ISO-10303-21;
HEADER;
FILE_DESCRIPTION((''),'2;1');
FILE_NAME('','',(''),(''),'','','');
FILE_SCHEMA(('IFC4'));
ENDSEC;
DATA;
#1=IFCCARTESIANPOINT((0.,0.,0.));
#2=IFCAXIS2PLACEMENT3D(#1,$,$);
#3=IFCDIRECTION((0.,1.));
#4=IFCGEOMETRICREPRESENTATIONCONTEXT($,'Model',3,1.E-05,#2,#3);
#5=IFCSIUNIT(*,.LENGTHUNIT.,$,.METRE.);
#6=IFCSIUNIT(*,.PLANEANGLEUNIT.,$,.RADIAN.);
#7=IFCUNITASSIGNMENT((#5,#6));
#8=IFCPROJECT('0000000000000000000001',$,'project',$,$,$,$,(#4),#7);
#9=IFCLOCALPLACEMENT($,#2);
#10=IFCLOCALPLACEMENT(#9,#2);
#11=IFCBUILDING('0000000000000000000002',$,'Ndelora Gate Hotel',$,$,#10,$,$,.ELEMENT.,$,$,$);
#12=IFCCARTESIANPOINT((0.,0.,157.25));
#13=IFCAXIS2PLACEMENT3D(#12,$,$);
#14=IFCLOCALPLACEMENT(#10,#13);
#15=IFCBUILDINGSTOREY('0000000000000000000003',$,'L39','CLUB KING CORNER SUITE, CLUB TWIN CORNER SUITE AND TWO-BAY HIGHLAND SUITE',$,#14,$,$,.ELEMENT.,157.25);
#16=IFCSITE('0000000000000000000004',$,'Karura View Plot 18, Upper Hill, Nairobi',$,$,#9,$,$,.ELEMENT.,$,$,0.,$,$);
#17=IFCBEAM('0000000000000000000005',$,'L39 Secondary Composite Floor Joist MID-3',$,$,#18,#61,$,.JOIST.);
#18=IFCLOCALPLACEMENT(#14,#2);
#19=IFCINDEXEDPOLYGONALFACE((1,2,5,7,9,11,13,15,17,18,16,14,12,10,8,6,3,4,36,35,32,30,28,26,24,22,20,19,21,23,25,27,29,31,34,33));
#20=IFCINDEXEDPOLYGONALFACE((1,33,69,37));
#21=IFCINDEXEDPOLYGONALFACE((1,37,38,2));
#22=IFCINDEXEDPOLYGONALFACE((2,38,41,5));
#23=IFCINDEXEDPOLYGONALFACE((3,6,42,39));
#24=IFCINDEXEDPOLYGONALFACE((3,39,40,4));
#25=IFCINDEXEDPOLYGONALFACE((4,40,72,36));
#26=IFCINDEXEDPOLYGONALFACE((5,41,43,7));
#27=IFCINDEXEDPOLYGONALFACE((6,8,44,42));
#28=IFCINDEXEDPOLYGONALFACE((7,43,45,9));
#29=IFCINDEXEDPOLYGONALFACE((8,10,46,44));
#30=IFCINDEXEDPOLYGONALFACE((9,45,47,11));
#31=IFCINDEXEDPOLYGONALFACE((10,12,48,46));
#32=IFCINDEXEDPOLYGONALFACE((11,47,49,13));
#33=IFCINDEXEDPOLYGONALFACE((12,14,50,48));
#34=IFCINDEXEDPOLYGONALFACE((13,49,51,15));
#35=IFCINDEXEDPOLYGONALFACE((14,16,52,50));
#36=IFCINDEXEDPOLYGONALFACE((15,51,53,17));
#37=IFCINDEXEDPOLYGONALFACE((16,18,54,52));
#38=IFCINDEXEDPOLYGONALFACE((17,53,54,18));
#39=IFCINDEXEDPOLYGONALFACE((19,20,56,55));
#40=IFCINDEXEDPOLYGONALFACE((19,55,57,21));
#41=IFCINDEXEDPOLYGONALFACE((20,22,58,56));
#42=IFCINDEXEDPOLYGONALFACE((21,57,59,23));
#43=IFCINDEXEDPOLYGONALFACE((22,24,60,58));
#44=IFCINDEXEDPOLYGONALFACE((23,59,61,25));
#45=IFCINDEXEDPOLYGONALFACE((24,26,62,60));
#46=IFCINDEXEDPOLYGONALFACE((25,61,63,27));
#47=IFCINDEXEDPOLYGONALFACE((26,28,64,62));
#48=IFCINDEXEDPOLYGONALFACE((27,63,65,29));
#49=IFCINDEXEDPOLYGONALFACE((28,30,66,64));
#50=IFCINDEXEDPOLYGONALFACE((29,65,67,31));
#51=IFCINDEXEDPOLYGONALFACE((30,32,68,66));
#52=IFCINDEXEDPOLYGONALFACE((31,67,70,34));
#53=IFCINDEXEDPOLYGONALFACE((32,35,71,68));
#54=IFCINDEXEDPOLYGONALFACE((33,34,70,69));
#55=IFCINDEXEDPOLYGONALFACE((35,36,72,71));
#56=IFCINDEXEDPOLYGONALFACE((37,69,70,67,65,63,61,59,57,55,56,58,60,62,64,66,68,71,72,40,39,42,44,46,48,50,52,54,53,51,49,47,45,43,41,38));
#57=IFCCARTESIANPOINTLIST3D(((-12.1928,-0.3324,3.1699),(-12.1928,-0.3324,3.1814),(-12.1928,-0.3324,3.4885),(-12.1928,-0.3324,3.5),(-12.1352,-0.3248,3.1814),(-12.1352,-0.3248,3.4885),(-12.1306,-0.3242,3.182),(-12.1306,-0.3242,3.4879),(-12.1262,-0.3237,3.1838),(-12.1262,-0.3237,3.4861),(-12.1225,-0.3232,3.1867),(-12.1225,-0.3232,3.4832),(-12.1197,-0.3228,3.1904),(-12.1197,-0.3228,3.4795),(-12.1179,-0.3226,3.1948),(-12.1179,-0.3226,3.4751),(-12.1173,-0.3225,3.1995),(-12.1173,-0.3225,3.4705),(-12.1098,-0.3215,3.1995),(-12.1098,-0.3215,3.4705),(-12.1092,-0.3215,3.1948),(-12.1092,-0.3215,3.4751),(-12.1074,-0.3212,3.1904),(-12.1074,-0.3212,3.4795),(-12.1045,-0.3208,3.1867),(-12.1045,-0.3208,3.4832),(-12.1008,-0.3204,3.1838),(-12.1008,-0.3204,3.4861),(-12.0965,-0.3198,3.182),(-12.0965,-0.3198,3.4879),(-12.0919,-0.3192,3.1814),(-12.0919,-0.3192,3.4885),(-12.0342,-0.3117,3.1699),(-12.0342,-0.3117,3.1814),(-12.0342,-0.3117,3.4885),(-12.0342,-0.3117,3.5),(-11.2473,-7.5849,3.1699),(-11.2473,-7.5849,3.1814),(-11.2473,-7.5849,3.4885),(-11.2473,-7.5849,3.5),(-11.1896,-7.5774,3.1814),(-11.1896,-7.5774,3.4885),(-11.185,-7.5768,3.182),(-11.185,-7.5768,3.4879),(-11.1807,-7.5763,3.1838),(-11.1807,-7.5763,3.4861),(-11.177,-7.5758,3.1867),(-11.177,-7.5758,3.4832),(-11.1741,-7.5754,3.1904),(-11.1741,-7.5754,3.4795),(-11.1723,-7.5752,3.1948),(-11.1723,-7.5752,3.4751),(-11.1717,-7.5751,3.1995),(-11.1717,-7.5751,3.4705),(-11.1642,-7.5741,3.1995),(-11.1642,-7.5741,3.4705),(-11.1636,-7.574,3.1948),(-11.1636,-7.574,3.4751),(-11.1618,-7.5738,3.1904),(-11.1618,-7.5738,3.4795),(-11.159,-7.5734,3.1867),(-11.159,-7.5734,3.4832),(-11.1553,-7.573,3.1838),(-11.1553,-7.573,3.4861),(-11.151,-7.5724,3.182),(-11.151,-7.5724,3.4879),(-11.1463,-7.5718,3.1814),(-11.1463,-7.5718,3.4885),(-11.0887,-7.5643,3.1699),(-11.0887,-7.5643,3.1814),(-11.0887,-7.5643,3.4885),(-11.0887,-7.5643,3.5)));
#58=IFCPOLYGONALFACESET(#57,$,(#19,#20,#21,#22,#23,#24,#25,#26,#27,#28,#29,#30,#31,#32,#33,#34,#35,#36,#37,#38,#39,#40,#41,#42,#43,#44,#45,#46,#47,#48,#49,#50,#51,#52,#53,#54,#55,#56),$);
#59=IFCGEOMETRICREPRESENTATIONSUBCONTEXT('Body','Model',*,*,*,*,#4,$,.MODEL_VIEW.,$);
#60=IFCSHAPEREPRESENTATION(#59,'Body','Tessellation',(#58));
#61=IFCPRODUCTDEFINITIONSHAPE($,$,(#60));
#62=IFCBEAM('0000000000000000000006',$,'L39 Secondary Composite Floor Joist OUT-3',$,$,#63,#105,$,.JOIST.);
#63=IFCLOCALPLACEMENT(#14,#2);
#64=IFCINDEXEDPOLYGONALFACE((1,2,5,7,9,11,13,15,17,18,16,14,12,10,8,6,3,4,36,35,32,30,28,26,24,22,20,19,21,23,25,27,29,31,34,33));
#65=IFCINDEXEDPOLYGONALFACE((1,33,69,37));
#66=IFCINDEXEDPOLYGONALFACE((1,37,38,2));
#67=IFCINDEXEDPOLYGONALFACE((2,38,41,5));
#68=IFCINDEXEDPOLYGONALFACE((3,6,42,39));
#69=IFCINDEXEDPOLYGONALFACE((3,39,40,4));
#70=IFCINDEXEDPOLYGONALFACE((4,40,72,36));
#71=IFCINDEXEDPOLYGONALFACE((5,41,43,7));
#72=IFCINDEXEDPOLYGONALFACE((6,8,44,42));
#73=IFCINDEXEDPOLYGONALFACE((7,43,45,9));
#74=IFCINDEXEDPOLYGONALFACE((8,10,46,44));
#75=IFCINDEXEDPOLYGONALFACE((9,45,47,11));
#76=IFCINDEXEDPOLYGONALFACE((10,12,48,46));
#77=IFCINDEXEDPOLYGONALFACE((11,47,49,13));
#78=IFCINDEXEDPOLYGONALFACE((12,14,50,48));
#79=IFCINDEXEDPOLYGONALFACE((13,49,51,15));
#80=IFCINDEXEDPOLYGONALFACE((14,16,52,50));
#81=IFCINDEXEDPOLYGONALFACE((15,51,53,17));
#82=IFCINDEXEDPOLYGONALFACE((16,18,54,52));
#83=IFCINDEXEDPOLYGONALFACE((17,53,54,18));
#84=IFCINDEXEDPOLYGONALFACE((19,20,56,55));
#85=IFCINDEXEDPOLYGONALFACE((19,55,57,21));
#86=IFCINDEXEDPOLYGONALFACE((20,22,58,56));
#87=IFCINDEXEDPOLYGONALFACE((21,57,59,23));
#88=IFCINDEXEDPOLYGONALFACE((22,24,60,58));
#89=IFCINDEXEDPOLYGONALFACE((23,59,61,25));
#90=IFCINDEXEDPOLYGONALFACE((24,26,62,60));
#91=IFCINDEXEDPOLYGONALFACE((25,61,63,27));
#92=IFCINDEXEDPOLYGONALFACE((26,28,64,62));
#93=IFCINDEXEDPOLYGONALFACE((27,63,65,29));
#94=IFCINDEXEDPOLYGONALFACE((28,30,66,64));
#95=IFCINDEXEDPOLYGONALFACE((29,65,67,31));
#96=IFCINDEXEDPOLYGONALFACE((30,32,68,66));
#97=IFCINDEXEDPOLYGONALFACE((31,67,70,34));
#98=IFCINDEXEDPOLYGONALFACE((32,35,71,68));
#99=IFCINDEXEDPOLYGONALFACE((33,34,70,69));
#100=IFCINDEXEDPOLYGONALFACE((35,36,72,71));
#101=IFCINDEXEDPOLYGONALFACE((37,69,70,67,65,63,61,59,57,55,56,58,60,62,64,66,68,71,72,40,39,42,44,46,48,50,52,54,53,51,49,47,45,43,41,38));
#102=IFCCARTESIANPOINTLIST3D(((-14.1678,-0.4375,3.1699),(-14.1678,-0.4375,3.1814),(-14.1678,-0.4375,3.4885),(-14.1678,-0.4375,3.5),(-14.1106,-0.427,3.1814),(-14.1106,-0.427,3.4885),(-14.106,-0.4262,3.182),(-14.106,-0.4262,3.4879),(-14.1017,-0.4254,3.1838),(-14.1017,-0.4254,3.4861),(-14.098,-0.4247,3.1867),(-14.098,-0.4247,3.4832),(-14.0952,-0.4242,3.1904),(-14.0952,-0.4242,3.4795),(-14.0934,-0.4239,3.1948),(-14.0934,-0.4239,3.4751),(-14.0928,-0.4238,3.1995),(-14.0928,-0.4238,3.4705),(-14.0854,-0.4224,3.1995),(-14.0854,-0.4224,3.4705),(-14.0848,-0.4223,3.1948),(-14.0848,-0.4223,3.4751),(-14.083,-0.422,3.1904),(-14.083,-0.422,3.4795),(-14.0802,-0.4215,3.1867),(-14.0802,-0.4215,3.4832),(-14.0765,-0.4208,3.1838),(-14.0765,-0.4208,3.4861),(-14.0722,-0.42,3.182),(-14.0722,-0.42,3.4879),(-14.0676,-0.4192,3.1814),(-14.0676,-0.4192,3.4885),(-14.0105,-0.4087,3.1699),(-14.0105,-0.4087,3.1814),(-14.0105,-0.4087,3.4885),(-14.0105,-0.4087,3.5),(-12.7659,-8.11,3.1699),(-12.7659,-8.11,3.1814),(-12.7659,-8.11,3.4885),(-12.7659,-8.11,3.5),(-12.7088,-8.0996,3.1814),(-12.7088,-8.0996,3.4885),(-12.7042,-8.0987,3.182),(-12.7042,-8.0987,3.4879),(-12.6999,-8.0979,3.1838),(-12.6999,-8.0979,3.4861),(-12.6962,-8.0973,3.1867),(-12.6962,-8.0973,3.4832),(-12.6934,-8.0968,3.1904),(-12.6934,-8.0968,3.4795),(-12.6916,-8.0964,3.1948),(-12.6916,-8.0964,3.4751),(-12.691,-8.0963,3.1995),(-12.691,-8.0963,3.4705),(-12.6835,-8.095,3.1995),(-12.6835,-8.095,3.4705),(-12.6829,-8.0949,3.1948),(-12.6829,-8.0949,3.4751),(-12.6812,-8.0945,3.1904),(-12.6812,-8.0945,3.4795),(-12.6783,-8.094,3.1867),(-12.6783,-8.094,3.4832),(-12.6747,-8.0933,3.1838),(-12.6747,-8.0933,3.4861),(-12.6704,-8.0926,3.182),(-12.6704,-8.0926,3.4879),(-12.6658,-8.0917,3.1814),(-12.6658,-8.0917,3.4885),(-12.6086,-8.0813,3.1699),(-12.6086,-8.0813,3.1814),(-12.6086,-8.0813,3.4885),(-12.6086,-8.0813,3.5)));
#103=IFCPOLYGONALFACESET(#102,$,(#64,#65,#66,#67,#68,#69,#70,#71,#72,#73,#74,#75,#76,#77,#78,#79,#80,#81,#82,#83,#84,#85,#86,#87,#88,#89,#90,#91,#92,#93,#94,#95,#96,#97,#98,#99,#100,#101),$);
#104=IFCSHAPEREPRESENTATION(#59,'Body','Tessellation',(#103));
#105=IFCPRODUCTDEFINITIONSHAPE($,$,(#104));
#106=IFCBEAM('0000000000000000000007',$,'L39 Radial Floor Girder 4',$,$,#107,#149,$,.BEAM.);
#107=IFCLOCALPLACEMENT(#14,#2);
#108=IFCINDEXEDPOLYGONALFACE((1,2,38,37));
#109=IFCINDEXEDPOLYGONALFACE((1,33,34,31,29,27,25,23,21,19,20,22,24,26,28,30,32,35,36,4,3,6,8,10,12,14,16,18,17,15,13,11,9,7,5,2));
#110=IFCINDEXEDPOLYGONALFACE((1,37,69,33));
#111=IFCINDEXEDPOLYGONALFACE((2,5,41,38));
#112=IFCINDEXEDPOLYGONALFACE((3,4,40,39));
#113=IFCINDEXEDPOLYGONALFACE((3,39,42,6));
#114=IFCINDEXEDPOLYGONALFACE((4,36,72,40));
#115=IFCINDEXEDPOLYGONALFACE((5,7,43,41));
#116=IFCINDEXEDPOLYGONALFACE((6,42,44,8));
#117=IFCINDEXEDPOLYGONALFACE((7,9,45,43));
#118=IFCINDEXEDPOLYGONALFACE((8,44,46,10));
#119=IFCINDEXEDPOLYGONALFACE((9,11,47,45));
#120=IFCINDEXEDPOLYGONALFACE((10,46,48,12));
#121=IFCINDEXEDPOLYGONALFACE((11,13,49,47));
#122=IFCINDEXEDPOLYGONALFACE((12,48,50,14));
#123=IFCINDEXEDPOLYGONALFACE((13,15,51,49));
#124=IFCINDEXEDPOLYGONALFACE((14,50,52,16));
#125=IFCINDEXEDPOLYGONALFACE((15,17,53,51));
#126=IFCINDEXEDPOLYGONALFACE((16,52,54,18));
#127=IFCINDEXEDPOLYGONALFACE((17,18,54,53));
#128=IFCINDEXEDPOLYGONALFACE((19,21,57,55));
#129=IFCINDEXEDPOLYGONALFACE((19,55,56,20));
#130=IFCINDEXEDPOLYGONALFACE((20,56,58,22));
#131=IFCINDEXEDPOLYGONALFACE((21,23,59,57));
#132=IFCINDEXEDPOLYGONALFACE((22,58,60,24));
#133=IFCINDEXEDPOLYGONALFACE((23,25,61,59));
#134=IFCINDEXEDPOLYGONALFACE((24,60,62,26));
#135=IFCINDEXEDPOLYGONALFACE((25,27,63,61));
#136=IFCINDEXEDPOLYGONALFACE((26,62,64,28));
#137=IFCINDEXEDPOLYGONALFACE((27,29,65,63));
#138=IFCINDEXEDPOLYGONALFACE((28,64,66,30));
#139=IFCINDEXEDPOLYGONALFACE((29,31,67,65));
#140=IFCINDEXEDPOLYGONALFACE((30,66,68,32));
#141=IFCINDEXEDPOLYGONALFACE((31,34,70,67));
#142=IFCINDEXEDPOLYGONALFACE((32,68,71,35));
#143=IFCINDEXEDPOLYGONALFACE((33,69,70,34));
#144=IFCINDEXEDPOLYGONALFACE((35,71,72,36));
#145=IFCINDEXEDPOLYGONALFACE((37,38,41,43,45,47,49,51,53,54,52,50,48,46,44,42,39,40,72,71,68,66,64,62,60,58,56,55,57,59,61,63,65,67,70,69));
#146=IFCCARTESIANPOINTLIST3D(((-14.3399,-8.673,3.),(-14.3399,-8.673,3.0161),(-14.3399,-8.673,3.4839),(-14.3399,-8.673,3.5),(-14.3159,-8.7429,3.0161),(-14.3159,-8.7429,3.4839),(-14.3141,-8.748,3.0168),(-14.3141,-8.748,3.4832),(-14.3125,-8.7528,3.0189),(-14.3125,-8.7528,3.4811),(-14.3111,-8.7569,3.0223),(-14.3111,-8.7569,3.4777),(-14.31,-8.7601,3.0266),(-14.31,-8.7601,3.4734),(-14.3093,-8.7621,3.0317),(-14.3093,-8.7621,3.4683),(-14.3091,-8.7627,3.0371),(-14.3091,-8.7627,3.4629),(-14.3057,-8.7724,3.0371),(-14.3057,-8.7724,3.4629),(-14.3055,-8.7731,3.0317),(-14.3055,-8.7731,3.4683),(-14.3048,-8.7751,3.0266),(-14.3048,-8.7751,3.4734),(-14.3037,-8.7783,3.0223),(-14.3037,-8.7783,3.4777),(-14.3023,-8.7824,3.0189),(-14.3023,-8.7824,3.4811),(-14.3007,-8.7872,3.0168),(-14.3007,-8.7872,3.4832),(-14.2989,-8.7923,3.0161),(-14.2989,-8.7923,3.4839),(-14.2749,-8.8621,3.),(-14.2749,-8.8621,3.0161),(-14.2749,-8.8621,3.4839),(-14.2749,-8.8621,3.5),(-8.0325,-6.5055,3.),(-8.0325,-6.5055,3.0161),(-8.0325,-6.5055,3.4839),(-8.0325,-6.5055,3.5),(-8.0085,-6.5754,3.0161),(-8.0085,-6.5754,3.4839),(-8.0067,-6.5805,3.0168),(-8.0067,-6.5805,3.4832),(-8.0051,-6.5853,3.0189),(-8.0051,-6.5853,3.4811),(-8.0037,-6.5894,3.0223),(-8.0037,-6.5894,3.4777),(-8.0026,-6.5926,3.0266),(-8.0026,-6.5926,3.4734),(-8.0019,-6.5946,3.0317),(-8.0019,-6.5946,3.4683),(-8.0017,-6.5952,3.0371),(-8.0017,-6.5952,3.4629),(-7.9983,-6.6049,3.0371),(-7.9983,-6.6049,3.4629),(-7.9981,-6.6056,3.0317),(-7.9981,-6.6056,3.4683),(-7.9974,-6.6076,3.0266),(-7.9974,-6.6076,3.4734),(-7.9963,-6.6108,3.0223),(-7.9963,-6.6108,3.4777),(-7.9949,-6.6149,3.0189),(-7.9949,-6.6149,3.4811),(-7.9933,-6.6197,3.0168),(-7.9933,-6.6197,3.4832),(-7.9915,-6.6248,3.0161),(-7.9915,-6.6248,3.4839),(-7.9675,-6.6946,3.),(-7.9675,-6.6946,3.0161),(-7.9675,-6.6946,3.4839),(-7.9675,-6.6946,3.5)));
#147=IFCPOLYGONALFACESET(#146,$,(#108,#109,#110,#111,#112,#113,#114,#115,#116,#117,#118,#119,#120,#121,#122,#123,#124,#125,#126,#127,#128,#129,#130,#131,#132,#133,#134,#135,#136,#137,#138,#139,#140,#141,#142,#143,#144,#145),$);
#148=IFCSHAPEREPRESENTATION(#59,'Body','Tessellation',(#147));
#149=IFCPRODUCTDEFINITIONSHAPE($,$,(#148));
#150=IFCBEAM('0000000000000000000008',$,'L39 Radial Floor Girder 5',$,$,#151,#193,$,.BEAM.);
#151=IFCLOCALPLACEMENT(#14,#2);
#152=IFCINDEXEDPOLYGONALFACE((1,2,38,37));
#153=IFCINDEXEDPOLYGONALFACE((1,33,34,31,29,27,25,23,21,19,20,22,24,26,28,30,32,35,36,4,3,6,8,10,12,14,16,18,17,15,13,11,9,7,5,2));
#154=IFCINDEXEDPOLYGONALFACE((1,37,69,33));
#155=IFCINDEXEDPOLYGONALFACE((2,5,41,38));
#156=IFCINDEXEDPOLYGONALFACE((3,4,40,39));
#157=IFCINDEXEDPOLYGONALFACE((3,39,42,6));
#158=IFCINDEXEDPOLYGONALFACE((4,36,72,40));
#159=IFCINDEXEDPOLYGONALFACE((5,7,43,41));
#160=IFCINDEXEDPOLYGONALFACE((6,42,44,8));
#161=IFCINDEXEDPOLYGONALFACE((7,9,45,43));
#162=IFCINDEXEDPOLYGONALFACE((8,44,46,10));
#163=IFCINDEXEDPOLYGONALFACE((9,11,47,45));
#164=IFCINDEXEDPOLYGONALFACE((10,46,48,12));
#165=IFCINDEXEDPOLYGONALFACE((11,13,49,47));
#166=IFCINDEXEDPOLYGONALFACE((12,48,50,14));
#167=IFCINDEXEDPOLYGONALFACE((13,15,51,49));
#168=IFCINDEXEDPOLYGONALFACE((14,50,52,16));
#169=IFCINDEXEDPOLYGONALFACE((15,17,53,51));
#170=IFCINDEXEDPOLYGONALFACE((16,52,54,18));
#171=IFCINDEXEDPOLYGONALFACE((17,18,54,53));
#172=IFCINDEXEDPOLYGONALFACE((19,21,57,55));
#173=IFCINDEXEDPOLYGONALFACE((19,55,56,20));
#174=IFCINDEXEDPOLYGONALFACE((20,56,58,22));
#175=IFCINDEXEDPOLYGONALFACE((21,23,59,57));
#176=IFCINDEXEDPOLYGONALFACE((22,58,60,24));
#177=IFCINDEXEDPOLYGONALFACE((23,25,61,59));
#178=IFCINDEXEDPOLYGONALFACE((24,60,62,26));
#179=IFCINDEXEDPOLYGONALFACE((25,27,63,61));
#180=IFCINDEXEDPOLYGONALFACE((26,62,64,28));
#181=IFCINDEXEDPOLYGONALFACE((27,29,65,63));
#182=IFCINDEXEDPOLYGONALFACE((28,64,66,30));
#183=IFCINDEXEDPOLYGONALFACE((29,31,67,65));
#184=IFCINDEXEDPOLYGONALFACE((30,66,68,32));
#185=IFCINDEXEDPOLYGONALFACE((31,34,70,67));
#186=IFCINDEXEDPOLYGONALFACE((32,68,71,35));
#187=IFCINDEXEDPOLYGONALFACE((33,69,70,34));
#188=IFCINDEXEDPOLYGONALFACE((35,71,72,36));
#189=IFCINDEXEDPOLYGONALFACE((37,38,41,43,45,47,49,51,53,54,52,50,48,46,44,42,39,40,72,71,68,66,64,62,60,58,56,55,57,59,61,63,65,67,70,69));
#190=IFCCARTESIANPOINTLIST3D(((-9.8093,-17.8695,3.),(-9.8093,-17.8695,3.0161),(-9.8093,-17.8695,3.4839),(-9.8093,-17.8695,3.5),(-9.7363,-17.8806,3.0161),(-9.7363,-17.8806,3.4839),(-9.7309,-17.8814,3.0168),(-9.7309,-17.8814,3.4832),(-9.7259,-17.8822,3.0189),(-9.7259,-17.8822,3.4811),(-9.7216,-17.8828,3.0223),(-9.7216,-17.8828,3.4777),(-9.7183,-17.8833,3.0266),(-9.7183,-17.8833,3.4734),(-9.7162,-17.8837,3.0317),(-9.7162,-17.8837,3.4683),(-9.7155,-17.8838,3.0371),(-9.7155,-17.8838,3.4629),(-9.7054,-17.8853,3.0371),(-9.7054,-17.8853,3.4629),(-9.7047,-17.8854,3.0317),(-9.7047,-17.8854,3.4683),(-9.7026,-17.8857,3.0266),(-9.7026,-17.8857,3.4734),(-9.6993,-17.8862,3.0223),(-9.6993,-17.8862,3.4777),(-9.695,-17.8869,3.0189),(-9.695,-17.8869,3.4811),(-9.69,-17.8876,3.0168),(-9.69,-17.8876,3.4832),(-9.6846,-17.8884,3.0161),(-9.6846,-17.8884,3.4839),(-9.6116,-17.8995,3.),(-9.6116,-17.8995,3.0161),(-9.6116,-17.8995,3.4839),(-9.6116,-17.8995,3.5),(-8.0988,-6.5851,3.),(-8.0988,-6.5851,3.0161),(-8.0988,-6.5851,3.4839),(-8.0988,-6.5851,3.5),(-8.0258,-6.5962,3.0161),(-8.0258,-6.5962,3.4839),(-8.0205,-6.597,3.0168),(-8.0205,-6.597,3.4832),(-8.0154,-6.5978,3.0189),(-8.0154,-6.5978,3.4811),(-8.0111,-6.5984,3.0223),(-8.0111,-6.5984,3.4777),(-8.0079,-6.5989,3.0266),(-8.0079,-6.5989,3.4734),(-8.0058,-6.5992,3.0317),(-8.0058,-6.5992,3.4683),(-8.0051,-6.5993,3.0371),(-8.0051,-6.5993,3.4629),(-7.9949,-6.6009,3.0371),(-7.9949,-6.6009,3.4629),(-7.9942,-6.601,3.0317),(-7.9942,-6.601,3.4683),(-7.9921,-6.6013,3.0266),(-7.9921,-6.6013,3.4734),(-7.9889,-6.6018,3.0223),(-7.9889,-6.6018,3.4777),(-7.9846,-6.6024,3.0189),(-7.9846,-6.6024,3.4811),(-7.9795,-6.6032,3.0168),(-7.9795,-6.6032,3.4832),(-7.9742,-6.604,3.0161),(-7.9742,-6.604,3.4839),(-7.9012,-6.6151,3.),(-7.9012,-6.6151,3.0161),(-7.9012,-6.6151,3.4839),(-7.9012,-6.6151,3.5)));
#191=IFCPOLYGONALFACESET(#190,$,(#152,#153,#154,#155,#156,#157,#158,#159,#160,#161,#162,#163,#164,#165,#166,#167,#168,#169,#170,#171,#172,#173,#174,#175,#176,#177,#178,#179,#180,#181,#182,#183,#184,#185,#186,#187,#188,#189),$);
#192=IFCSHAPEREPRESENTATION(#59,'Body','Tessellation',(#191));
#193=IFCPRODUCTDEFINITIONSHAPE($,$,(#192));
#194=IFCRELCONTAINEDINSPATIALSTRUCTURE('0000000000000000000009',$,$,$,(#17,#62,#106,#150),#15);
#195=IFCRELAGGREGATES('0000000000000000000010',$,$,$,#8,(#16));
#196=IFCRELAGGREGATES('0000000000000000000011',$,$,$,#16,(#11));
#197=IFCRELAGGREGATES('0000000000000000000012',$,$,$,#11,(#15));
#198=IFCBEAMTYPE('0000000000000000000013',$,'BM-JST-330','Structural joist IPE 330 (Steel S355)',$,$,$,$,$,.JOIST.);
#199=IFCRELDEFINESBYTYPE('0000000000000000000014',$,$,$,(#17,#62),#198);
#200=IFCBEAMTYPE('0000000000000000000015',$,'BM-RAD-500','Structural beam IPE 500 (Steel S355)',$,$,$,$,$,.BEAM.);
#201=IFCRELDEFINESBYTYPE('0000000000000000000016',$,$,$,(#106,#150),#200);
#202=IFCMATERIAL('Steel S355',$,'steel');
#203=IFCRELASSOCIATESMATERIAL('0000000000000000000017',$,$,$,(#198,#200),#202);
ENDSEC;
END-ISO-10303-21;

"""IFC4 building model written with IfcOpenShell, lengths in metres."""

from ifc_helpers import new_model, si_unit, direction, frame, origin, origin_2d, place, context, subcontext, project, spatial, i_section, extrude, material, material_profile, profile_set, type_object, element, save


model = new_model("IFC4")

# Units and contexts
model_context = context("Model", 3, precision=1e-05, world=origin(), true_north=direction((0.0, 1.0)))
body_context = subcontext(model_context, "Body", "Model", "MODEL_VIEW")
ifc_project = project(units=[si_unit("LENGTHUNIT", "METRE"), si_unit("PLANEANGLEUNIT", "RADIAN")], contexts=[model_context])

# Site, building, storey
site_placement = place(None, origin())
site = spatial("IfcSite", under=ifc_project, at=site_placement, Name="Karura View Plot 18, Upper Hill, Nairobi", CompositionType="ELEMENT", RefElevation=0.0)
building_placement = place(site_placement, origin())
building = spatial("IfcBuilding", under=site, at=building_placement, Name="Ndelora Gate Hotel", CompositionType="ELEMENT")
storey_placement = place(building_placement, frame((0.0, 0.0, 157.25)))
storey = spatial("IfcBuildingStorey", under=building, at=storey_placement, Name="L39", Description="CLUB KING CORNER SUITE, CLUB TWIN CORNER SUITE AND TWO-BAY HIGHLAND SUITE", CompositionType="ELEMENT", Elevation=157.25)

# Beams
ifc_material_1 = material(Name="Steel S355", Category="steel")
ifc_material_profile_1 = material_profile(ifc_material_1, i_section(OverallWidth=0.1599, OverallDepth=0.3301, WebThickness=0.0076, FlangeThickness=0.0115, FilletRadius=0.0181, at=origin_2d()), Name="IPE 330")
ifc_profile_set_1 = profile_set([ifc_material_profile_1], Name="Steel S355")
beam_type_1 = type_object("IfcBeamType", Name="BM-JST-330", Description="Structural joist IPE 330 (Steel S355)", PredefinedType="JOIST", material=ifc_profile_set_1)
beam_1_placement = place(storey_placement, frame((-12.1135, -0.322, 3.335), z_axis=(0.129279, -0.991608, 0.0), x_axis=(0.991608, 0.129279, 0.0)))
element("IfcBeam", 1, at=beam_1_placement, inside=storey, type_object=beam_type_1, Name="L39 Secondary Composite Floor Joist MID-3", PredefinedType="JOIST", context=body_context, shape_type="SweptSolid", body=[
    extrude(i_section(OverallWidth=0.1599, OverallDepth=0.3301, WebThickness=0.0076, FlangeThickness=0.0115, FilletRadius=0.0181, at=origin_2d()), origin(), (0.0, 0.0, 1.0), 7.314),
])
beam_2_placement = place(storey_placement, frame((-14.0891, -0.4231, 3.335), z_axis=(0.179734, -0.983715, 0.0), x_axis=(0.983715, 0.179734, 0.0)))
element("IfcBeam", 2, at=beam_2_placement, inside=storey, type_object=beam_type_1, Name="L39 Secondary Composite Floor Joist OUT-3", PredefinedType="JOIST", context=body_context, shape_type="SweptSolid", body=[
    extrude(i_section(OverallWidth=0.1599, OverallDepth=0.3301, WebThickness=0.0076, FlangeThickness=0.0115, FilletRadius=0.0181, at=origin_2d()), origin(), (0.0, 0.0, 1.0), 7.7996),
])
ifc_material_profile_2 = material_profile(ifc_material_1, i_section(OverallWidth=0.2, OverallDepth=0.5, WebThickness=0.0103, FlangeThickness=0.0161, FilletRadius=0.021, at=origin_2d()), Name="IPE 500")
ifc_profile_set_2 = profile_set([ifc_material_profile_2], Name="Steel S355")
beam_type_2 = type_object("IfcBeamType", Name="BM-RAD-500", Description="Structural beam IPE 500 (Steel S355)", PredefinedType="BEAM", material=ifc_profile_set_2)
beam_3_placement = place(storey_placement, frame((-8.0, -6.6001, 3.25), z_axis=(-0.945718, -0.324989, 0.0), x_axis=(0.324989, -0.945718, 0.0)))
element("IfcBeam", 3, at=beam_3_placement, inside=storey, type_object=beam_type_2, Name="L39 Radial Floor Girder 4", PredefinedType="BEAM", context=body_context, shape_type="SweptSolid", body=[
    extrude(i_section(OverallWidth=0.2, OverallDepth=0.5, WebThickness=0.0103, FlangeThickness=0.0161, FilletRadius=0.021, at=origin_2d()), origin(), (0.0, 0.0, 1.0), 6.6694),
])
beam_4_placement = place(storey_placement, frame((-8.0, -6.6001, 3.25), z_axis=(-0.149864, -0.988707, 0.0), x_axis=(0.988707, -0.149864, 0.0)))
element("IfcBeam", 4, at=beam_4_placement, inside=storey, type_object=beam_type_2, Name="L39 Radial Floor Girder 5", PredefinedType="BEAM", context=body_context, shape_type="SweptSolid", body=[
    extrude(i_section(OverallWidth=0.2, OverallDepth=0.5, WebThickness=0.0103, FlangeThickness=0.0161, FilletRadius=0.021, at=origin_2d()), origin(), (0.0, 0.0, 1.0), 11.4133),
])

save(model, "model.ifc")
